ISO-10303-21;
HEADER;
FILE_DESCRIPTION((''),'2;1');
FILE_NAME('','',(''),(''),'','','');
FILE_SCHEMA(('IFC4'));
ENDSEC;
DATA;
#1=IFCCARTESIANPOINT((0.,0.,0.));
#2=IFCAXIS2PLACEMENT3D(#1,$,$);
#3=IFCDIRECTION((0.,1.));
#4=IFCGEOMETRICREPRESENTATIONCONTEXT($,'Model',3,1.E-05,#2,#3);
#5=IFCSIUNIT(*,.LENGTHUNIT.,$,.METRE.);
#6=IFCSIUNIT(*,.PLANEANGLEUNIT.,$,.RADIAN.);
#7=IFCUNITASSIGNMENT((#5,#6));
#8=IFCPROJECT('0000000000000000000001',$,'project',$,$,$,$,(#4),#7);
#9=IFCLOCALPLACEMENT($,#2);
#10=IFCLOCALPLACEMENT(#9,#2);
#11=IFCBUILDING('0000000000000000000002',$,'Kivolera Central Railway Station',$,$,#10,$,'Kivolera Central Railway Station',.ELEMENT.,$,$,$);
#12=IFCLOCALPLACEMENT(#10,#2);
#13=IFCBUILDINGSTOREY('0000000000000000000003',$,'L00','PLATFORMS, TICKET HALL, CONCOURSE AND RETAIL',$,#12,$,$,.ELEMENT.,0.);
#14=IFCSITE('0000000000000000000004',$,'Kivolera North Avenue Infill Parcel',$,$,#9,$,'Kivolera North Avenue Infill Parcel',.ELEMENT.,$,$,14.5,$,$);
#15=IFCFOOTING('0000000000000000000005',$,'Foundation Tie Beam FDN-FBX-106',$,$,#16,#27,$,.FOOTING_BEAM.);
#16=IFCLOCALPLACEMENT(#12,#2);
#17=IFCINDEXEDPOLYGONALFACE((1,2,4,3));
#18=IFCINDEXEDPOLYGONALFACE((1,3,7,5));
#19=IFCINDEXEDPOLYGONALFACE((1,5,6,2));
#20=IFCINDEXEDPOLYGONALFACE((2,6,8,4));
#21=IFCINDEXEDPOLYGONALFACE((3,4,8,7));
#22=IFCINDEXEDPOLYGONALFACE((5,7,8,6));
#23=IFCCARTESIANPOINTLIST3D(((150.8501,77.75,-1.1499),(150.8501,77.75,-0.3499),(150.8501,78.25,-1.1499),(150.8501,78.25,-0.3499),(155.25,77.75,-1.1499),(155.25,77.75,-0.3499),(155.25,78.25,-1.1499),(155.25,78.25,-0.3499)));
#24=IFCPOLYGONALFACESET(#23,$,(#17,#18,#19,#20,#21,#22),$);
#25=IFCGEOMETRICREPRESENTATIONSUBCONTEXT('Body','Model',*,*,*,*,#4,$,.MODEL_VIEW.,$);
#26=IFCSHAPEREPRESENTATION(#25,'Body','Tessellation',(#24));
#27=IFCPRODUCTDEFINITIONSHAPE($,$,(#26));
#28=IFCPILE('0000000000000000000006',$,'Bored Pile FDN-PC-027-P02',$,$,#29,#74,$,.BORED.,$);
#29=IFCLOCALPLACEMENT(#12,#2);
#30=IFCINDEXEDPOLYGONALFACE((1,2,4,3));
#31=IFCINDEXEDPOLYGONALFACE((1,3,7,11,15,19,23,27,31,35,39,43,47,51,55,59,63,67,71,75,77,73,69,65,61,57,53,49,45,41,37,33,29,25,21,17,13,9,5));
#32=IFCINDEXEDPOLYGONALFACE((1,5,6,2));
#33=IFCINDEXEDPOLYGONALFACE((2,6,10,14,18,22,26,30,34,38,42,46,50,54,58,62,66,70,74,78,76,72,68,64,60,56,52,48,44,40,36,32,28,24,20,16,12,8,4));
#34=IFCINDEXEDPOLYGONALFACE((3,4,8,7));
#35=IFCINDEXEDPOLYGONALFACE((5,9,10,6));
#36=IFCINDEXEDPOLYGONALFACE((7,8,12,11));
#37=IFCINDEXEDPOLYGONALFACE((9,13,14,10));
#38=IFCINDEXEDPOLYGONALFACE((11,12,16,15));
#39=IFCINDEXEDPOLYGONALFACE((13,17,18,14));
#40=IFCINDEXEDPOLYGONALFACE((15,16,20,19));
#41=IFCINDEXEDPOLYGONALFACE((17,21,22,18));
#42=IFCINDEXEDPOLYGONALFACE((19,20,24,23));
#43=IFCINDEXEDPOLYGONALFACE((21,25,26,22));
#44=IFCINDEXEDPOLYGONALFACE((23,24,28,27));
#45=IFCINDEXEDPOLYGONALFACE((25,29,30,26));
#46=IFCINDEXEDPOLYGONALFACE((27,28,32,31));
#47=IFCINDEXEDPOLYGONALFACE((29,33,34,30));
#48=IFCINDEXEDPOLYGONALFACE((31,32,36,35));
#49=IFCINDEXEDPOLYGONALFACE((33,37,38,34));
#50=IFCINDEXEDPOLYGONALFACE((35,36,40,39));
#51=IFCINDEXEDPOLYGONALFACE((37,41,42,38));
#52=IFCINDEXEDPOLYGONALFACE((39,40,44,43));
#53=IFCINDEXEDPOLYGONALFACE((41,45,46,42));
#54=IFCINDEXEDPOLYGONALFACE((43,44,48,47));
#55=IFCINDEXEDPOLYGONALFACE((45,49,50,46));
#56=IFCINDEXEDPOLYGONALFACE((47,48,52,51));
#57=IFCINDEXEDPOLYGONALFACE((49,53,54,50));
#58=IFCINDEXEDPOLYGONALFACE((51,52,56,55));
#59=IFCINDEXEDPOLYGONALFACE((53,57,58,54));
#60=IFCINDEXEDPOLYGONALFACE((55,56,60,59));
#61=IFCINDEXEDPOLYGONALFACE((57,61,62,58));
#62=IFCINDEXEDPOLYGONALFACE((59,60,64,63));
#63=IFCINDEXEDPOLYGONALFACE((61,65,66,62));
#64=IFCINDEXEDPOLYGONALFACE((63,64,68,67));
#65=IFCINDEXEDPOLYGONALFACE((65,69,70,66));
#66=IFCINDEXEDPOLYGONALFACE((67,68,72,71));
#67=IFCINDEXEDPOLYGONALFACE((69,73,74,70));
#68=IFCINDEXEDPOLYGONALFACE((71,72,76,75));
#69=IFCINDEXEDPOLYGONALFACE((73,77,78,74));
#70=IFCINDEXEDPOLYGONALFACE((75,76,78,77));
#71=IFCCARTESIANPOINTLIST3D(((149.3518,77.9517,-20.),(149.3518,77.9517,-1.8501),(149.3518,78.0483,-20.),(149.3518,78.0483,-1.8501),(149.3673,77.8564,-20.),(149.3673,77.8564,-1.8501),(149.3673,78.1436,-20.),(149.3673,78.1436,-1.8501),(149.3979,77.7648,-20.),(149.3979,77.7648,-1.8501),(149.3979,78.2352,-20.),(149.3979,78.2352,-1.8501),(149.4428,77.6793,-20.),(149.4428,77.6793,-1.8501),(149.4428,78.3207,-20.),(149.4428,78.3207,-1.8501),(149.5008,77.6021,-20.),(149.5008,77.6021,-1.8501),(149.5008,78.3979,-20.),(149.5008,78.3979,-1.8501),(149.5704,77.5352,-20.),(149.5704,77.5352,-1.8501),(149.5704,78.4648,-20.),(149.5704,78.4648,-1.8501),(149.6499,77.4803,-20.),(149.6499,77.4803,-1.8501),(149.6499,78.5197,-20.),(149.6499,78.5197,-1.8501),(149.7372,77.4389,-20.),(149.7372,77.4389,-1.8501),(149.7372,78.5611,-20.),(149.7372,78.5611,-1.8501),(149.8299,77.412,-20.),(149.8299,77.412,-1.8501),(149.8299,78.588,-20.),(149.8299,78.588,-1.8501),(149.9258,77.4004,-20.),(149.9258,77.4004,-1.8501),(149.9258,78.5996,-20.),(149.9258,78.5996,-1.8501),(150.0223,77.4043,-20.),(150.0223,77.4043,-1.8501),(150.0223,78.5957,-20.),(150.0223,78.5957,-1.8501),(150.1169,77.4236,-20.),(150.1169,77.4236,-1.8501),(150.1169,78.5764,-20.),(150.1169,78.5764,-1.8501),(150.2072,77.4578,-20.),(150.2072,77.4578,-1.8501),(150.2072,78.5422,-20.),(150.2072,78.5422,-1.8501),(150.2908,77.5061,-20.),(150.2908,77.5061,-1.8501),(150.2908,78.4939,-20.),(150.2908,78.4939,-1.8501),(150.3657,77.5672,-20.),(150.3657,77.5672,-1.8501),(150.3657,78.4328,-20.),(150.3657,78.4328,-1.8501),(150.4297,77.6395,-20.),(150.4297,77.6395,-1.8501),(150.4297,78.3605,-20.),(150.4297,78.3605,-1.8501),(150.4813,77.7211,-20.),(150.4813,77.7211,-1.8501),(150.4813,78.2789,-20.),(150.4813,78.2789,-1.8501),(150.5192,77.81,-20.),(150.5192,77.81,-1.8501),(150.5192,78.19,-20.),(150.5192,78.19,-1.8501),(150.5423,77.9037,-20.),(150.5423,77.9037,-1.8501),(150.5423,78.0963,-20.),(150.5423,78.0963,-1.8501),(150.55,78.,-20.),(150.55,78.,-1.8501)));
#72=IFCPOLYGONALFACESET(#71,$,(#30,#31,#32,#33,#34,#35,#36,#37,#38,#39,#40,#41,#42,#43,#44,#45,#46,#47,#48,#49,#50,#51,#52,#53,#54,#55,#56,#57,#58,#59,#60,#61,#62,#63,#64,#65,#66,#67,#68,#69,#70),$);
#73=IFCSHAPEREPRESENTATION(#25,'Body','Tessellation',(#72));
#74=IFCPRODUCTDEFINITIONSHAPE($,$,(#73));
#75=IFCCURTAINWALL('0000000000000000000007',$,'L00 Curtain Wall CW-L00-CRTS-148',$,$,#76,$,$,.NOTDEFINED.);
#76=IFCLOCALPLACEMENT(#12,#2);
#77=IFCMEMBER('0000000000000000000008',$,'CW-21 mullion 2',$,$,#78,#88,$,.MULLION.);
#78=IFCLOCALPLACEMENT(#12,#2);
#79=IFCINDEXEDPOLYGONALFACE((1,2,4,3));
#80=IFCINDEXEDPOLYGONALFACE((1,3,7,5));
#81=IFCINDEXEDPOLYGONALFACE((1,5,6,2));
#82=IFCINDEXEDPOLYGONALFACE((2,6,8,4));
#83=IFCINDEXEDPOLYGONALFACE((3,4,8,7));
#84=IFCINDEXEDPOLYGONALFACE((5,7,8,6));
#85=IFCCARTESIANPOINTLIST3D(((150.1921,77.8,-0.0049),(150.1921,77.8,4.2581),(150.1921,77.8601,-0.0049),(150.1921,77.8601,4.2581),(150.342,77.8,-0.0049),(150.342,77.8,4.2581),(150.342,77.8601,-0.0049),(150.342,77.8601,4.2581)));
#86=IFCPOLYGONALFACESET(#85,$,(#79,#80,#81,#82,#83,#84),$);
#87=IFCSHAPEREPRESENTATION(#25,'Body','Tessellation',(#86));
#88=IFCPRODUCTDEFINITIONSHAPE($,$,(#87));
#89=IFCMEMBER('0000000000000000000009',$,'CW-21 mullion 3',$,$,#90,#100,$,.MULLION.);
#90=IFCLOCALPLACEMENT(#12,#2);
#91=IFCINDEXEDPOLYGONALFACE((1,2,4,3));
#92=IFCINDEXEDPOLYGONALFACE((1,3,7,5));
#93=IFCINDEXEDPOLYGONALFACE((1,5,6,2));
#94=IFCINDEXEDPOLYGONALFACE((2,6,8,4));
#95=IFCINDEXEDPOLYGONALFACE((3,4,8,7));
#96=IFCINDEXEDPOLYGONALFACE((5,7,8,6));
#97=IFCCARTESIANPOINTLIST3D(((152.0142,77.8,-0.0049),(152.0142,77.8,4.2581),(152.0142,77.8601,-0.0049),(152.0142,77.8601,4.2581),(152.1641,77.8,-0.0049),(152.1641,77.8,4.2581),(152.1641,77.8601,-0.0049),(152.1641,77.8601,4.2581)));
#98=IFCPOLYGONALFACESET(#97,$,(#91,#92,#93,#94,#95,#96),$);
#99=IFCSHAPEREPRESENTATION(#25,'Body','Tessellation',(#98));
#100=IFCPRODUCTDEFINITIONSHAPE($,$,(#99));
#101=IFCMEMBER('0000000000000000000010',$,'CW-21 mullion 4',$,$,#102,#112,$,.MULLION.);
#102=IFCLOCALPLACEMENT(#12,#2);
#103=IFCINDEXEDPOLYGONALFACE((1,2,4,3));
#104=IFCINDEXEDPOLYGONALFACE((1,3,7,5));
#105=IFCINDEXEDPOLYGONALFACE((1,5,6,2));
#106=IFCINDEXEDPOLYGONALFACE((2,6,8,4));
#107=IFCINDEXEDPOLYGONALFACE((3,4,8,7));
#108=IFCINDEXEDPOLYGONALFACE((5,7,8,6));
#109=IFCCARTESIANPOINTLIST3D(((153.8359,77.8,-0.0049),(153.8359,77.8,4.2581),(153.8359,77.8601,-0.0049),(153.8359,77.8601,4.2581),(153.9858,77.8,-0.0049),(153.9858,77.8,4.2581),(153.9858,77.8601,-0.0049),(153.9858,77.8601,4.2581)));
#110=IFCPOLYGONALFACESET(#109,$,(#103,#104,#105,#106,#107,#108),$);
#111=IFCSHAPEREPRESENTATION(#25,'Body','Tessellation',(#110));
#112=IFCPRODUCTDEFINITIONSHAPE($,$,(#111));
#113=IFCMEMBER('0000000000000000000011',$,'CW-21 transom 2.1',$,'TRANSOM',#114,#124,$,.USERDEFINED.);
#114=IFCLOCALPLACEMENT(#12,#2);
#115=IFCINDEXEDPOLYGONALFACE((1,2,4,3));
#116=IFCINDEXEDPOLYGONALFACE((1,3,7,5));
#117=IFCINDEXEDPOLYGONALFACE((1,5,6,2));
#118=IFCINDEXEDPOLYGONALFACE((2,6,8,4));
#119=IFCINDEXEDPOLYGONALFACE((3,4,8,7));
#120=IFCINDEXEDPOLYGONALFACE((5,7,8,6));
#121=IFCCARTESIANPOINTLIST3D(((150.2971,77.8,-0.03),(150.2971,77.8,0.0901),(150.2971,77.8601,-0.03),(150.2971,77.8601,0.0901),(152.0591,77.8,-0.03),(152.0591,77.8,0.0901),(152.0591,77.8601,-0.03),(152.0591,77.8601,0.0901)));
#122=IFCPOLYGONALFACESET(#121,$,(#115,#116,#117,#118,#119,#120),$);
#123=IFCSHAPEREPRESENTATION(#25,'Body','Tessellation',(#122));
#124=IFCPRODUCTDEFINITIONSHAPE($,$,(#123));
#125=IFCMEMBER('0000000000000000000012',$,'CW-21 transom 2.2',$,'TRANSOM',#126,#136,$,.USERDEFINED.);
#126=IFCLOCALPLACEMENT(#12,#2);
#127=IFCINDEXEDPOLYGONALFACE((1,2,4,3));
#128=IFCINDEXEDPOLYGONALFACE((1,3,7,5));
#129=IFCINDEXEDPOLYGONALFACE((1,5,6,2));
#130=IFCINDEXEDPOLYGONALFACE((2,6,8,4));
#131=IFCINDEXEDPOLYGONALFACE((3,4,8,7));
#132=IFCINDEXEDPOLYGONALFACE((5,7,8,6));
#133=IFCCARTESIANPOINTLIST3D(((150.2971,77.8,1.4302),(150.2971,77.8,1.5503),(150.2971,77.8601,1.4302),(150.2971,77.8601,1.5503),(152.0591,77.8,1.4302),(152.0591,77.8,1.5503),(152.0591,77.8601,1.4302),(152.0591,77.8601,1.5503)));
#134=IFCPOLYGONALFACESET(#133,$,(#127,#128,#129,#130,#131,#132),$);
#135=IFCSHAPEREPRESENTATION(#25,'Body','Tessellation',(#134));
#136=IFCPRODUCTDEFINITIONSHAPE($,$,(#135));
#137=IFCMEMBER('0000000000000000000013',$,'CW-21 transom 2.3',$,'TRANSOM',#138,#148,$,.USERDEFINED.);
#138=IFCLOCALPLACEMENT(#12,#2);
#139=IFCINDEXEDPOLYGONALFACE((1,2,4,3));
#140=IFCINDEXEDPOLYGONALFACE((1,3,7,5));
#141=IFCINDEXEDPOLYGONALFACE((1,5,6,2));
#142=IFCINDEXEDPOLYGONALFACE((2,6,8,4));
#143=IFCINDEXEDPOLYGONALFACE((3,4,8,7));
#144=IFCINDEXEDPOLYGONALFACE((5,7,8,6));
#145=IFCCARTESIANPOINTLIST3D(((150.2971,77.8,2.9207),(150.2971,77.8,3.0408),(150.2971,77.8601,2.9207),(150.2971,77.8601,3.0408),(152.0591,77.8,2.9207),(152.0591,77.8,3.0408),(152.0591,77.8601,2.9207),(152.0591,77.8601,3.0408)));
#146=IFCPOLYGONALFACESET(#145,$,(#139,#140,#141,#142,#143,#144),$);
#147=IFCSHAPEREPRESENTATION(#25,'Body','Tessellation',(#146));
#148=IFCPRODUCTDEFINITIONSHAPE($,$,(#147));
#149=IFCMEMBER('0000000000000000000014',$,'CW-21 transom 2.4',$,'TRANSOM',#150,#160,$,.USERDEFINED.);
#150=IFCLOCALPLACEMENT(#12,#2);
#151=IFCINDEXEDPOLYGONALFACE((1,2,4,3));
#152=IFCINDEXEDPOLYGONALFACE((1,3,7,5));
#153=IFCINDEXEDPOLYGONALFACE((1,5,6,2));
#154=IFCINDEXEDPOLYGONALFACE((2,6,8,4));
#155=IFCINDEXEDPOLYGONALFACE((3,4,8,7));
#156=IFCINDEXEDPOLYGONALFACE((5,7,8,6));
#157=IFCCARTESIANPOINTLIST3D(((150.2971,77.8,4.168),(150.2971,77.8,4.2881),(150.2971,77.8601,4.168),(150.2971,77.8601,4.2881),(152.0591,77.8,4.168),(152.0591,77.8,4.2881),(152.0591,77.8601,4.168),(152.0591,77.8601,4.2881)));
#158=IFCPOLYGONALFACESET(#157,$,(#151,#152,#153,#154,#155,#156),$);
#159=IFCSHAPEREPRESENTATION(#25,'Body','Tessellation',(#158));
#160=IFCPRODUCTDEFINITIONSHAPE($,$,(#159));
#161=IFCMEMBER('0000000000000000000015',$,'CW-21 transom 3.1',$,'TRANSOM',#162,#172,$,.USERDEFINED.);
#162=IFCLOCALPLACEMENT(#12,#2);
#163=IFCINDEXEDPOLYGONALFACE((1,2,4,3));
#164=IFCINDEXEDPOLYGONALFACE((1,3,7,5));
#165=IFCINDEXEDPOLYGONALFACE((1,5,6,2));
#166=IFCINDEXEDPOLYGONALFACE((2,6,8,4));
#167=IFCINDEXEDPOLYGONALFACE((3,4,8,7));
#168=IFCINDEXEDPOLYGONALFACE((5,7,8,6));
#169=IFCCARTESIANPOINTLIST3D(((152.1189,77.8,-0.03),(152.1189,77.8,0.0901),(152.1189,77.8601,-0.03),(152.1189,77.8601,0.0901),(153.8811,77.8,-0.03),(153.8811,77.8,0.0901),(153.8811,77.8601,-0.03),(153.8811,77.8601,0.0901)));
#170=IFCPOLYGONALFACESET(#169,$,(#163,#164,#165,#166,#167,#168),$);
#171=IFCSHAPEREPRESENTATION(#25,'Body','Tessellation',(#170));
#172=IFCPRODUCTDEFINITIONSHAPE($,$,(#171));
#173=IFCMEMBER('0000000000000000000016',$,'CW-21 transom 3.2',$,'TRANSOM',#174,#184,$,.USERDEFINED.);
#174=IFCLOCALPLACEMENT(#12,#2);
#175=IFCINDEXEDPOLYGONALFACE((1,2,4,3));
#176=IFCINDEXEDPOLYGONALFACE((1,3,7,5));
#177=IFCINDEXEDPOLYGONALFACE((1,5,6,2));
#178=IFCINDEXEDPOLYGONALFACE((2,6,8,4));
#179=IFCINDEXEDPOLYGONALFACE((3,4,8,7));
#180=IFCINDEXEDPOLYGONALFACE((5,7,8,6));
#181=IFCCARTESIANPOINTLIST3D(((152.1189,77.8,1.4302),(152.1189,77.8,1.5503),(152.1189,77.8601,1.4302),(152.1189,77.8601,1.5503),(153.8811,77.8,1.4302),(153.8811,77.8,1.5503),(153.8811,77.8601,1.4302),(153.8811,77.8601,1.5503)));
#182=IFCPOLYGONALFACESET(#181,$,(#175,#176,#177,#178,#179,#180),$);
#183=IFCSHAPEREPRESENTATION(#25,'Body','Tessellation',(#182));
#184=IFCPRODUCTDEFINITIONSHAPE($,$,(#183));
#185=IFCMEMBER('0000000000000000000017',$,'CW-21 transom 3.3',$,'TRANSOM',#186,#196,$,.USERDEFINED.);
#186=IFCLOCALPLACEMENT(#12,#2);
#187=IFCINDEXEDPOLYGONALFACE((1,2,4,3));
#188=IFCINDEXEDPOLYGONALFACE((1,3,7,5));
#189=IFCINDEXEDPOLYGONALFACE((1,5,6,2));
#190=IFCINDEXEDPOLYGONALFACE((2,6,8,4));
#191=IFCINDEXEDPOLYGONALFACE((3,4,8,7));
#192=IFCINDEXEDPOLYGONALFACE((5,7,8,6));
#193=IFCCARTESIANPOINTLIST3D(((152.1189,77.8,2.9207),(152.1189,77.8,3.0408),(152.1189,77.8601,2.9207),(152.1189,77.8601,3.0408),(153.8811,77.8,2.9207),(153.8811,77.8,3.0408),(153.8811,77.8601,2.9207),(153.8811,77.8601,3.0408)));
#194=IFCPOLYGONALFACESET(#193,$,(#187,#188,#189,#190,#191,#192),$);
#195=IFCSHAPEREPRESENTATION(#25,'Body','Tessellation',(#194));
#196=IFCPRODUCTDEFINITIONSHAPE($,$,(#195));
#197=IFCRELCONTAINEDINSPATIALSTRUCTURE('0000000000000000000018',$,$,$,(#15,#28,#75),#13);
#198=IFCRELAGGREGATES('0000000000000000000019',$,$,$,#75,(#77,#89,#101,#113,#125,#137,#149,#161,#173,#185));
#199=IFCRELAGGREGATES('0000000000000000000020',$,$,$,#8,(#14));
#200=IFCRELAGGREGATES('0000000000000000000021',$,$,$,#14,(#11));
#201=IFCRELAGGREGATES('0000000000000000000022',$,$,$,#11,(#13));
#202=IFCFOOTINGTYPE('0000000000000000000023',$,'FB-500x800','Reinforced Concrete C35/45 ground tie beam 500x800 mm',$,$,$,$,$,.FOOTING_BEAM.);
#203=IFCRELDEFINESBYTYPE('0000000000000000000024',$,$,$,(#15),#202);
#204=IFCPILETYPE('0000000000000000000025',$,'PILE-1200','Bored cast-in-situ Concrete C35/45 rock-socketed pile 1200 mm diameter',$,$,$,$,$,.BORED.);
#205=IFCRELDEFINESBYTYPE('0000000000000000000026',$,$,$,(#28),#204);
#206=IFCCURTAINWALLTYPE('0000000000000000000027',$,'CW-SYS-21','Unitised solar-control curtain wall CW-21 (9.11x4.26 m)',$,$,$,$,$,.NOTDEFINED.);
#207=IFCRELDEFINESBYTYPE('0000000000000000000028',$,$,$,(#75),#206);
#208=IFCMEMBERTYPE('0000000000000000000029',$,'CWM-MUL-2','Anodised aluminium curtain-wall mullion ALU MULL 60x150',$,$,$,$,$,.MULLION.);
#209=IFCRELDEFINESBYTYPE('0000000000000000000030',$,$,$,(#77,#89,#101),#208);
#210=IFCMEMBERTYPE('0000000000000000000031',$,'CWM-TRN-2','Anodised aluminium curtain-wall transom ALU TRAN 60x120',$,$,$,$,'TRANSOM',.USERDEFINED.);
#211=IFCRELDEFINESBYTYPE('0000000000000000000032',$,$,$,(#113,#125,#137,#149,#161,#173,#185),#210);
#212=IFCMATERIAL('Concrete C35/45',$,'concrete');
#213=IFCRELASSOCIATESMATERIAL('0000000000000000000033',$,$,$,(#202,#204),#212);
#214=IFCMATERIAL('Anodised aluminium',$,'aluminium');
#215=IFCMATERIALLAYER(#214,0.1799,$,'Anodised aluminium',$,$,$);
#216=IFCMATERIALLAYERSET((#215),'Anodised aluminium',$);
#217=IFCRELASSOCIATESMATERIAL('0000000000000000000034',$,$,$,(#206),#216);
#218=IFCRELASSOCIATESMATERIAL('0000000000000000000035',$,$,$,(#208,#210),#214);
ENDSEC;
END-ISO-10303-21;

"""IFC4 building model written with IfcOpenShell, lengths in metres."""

from ifc_helpers import new_model, si_unit, direction, frame, origin, origin_2d, place, context, subcontext, project, spatial, rectangle, circle, extrude, material, layer, layer_set, material_profile, profile_set, type_object, element, aggregate, save


model = new_model("IFC4")

# Units and contexts
model_context = context("Model", 3, precision=1e-05, world=origin(), true_north=direction((0.0, 1.0)))
body_context = subcontext(model_context, "Body", "Model", "MODEL_VIEW")
ifc_project = project(units=[si_unit("LENGTHUNIT", "METRE"), si_unit("PLANEANGLEUNIT", "RADIAN")], contexts=[model_context])

# Site, building, storey
site_placement = place(None, origin())
site = spatial("IfcSite", under=ifc_project, at=site_placement, Name="Kivolera North Avenue Infill Parcel", LongName="Kivolera North Avenue Infill Parcel", CompositionType="ELEMENT", RefElevation=14.5)
building_placement = place(site_placement, origin())
building = spatial("IfcBuilding", under=site, at=building_placement, Name="Kivolera Central Railway Station", LongName="Kivolera Central Railway Station", CompositionType="ELEMENT")
storey_placement = place(building_placement, origin())
storey = spatial("IfcBuildingStorey", under=building, at=storey_placement, Name="L00", Description="PLATFORMS, TICKET HALL, CONCOURSE AND RETAIL", CompositionType="ELEMENT", Elevation=0.0)

# Footing
ifc_material_1 = material(Name="Concrete C35/45", Category="concrete")
footing_type = type_object("IfcFootingType", Name="FB-500x800", Description="Reinforced Concrete C35/45 ground tie beam 500x800 mm", PredefinedType="FOOTING_BEAM", material=ifc_material_1)
footing_placement = place(storey_placement, frame((153.05, 78.0, -1.1499), z_axis=(0.0, 0.0, 1.0), x_axis=(1.0, 0.0, 0.0)))
element("IfcFooting", 1, at=footing_placement, inside=storey, type_object=footing_type, Name="Foundation Tie Beam FDN-FBX-106", PredefinedType="FOOTING_BEAM", context=body_context, shape_type="SweptSolid", body=[
    extrude(rectangle(XDim=4.3999, YDim=0.5, at=origin_2d()), origin(), (0.0, 0.0, 1.0), 0.8),
])

# Pile
ifc_material_profile_1 = material_profile(ifc_material_1, circle(Radius=0.6001, at=origin_2d()), Name="PILE D1200")
ifc_profile_set_1 = profile_set([ifc_material_profile_1], Name="Concrete C35/45")
pile_type = type_object("IfcPileType", Name="PILE-1200", Description="Bored cast-in-situ Concrete C35/45 rock-socketed pile 1200 mm diameter", PredefinedType="BORED", material=ifc_profile_set_1)
pile_placement = place(storey_placement, frame((149.95, 78.0, -1.8501), z_axis=(0.0, 0.0, -1.0), x_axis=(1.0, 0.0, 0.0)))
element("IfcPile", 2, at=pile_placement, inside=storey, type_object=pile_type, Name="Bored Pile FDN-PC-027-P02", PredefinedType="BORED", context=body_context, shape_type="SweptSolid", body=[
    extrude(circle(Radius=0.6001, at=origin_2d()), origin(), (0.0, 0.0, 1.0), 18.1499),
])

# Curtain wall, members
ifc_material_2 = material(Name="Anodised aluminium", Category="aluminium")
ifc_layer_1 = layer(ifc_material_2, 0.1799, Name="Anodised aluminium")
ifc_layer_set_1 = layer_set([ifc_layer_1], Name="Anodised aluminium")
curtain_wall_type = type_object("IfcCurtainWallType", Name="CW-SYS-21", Description="Unitised solar-control curtain wall CW-21 (9.11x4.26 m)", PredefinedType="NOTDEFINED", material=ifc_layer_set_1)
curtain_wall_placement = place(storey_placement, origin())
curtain_wall = element("IfcCurtainWall", 3, at=curtain_wall_placement, inside=storey, type_object=curtain_wall_type, Name="L00 Curtain Wall CW-L00-CRTS-148", PredefinedType="NOTDEFINED")
ifc_material_profile_2 = material_profile(ifc_material_2, rectangle(XDim=0.0601, YDim=0.1499, at=origin_2d()), Name="ALU MULL 60x150")
ifc_profile_set_2 = profile_set([ifc_material_profile_2], Name="Anodised aluminium")
member_type_1 = type_object("IfcMemberType", Name="CWM-MUL-2", Description="Anodised aluminium curtain-wall mullion ALU MULL 60x150", PredefinedType="MULLION", material=ifc_profile_set_2)
member_1_placement = place(storey_placement, frame((150.2671, 77.8301, -0.0049), z_axis=(0.0, 0.0, 1.0), x_axis=(0.0, 1.0, 0.0)))
member_1 = element("IfcMember", 4, at=member_1_placement, type_object=member_type_1, Name="CW-21 mullion 2", PredefinedType="MULLION", context=body_context, shape_type="SweptSolid", body=[
    extrude(rectangle(XDim=0.0601, YDim=0.1499, at=origin_2d()), origin(), (0.0, 0.0, 1.0), 4.2629),
])
member_2_placement = place(storey_placement, frame((152.0891, 77.8301, -0.0049), z_axis=(0.0, 0.0, 1.0), x_axis=(0.0, 1.0, 0.0)))
member_2 = element("IfcMember", 5, at=member_2_placement, type_object=member_type_1, Name="CW-21 mullion 3", PredefinedType="MULLION", context=body_context, shape_type="SweptSolid", body=[
    extrude(rectangle(XDim=0.0601, YDim=0.1499, at=origin_2d()), origin(), (0.0, 0.0, 1.0), 4.2629),
])
member_3_placement = place(storey_placement, frame((153.9109, 77.8301, -0.0049), z_axis=(0.0, 0.0, 1.0), x_axis=(0.0, 1.0, 0.0)))
member_3 = element("IfcMember", 6, at=member_3_placement, type_object=member_type_1, Name="CW-21 mullion 4", PredefinedType="MULLION", context=body_context, shape_type="SweptSolid", body=[
    extrude(rectangle(XDim=0.0601, YDim=0.1499, at=origin_2d()), origin(), (0.0, 0.0, 1.0), 4.2629),
])
ifc_material_profile_3 = material_profile(ifc_material_2, rectangle(XDim=0.0601, YDim=0.1201, at=origin_2d()), Name="ALU TRAN 60x120")
ifc_profile_set_3 = profile_set([ifc_material_profile_3], Name="Anodised aluminium")
member_type_2 = type_object("IfcMemberType", Name="CWM-TRN-2", Description="Anodised aluminium curtain-wall transom ALU TRAN 60x120", ElementType="TRANSOM", PredefinedType="USERDEFINED", material=ifc_profile_set_3)
member_4_placement = place(storey_placement, frame((150.2971, 77.8301, 0.03), z_axis=(1.0, 0.0, 0.0), x_axis=(0.0, 1.0, 0.0)))
member_4 = element("IfcMember", 7, at=member_4_placement, type_object=member_type_2, Name="CW-21 transom 2.1", ObjectType="TRANSOM", PredefinedType="USERDEFINED", context=body_context, shape_type="SweptSolid", body=[
    extrude(rectangle(XDim=0.0601, YDim=0.1201, at=origin_2d()), origin(), (0.0, 0.0, 1.0), 1.762),
])
member_5_placement = place(storey_placement, frame((150.2971, 77.8301, 1.4902), z_axis=(1.0, 0.0, 0.0), x_axis=(0.0, 1.0, 0.0)))
member_5 = element("IfcMember", 8, at=member_5_placement, type_object=member_type_2, Name="CW-21 transom 2.2", ObjectType="TRANSOM", PredefinedType="USERDEFINED", context=body_context, shape_type="SweptSolid", body=[
    extrude(rectangle(XDim=0.0601, YDim=0.1201, at=origin_2d()), origin(), (0.0, 0.0, 1.0), 1.762),
])
member_6_placement = place(storey_placement, frame((150.2971, 77.8301, 2.9807), z_axis=(1.0, 0.0, 0.0), x_axis=(0.0, 1.0, 0.0)))
member_6 = element("IfcMember", 9, at=member_6_placement, type_object=member_type_2, Name="CW-21 transom 2.3", ObjectType="TRANSOM", PredefinedType="USERDEFINED", context=body_context, shape_type="SweptSolid", body=[
    extrude(rectangle(XDim=0.0601, YDim=0.1201, at=origin_2d()), origin(), (0.0, 0.0, 1.0), 1.762),
])
member_7_placement = place(storey_placement, frame((150.2971, 77.8301, 4.228), z_axis=(1.0, 0.0, 0.0), x_axis=(0.0, 1.0, 0.0)))
member_7 = element("IfcMember", 10, at=member_7_placement, type_object=member_type_2, Name="CW-21 transom 2.4", ObjectType="TRANSOM", PredefinedType="USERDEFINED", context=body_context, shape_type="SweptSolid", body=[
    extrude(rectangle(XDim=0.0601, YDim=0.1201, at=origin_2d()), origin(), (0.0, 0.0, 1.0), 1.762),
])
member_8_placement = place(storey_placement, frame((152.1189, 77.8301, 0.03), z_axis=(1.0, 0.0, 0.0), x_axis=(0.0, 1.0, 0.0)))
member_8 = element("IfcMember", 11, at=member_8_placement, type_object=member_type_2, Name="CW-21 transom 3.1", ObjectType="TRANSOM", PredefinedType="USERDEFINED", context=body_context, shape_type="SweptSolid", body=[
    extrude(rectangle(XDim=0.0601, YDim=0.1201, at=origin_2d()), origin(), (0.0, 0.0, 1.0), 1.7622),
])
member_9_placement = place(storey_placement, frame((152.1189, 77.8301, 1.4902), z_axis=(1.0, 0.0, 0.0), x_axis=(0.0, 1.0, 0.0)))
member_9 = element("IfcMember", 12, at=member_9_placement, type_object=member_type_2, Name="CW-21 transom 3.2", ObjectType="TRANSOM", PredefinedType="USERDEFINED", context=body_context, shape_type="SweptSolid", body=[
    extrude(rectangle(XDim=0.0601, YDim=0.1201, at=origin_2d()), origin(), (0.0, 0.0, 1.0), 1.7622),
])
member_10_placement = place(storey_placement, frame((152.1189, 77.8301, 2.9807), z_axis=(1.0, 0.0, 0.0), x_axis=(0.0, 1.0, 0.0)))
member_10 = element("IfcMember", 13, at=member_10_placement, type_object=member_type_2, Name="CW-21 transom 3.3", ObjectType="TRANSOM", PredefinedType="USERDEFINED", context=body_context, shape_type="SweptSolid", body=[
    extrude(rectangle(XDim=0.0601, YDim=0.1201, at=origin_2d()), origin(), (0.0, 0.0, 1.0), 1.7622),
])
aggregate(curtain_wall, [member_1, member_2, member_3, member_4, member_5, member_6, member_7, member_8, member_9, member_10])

save(model, "model.ifc")
